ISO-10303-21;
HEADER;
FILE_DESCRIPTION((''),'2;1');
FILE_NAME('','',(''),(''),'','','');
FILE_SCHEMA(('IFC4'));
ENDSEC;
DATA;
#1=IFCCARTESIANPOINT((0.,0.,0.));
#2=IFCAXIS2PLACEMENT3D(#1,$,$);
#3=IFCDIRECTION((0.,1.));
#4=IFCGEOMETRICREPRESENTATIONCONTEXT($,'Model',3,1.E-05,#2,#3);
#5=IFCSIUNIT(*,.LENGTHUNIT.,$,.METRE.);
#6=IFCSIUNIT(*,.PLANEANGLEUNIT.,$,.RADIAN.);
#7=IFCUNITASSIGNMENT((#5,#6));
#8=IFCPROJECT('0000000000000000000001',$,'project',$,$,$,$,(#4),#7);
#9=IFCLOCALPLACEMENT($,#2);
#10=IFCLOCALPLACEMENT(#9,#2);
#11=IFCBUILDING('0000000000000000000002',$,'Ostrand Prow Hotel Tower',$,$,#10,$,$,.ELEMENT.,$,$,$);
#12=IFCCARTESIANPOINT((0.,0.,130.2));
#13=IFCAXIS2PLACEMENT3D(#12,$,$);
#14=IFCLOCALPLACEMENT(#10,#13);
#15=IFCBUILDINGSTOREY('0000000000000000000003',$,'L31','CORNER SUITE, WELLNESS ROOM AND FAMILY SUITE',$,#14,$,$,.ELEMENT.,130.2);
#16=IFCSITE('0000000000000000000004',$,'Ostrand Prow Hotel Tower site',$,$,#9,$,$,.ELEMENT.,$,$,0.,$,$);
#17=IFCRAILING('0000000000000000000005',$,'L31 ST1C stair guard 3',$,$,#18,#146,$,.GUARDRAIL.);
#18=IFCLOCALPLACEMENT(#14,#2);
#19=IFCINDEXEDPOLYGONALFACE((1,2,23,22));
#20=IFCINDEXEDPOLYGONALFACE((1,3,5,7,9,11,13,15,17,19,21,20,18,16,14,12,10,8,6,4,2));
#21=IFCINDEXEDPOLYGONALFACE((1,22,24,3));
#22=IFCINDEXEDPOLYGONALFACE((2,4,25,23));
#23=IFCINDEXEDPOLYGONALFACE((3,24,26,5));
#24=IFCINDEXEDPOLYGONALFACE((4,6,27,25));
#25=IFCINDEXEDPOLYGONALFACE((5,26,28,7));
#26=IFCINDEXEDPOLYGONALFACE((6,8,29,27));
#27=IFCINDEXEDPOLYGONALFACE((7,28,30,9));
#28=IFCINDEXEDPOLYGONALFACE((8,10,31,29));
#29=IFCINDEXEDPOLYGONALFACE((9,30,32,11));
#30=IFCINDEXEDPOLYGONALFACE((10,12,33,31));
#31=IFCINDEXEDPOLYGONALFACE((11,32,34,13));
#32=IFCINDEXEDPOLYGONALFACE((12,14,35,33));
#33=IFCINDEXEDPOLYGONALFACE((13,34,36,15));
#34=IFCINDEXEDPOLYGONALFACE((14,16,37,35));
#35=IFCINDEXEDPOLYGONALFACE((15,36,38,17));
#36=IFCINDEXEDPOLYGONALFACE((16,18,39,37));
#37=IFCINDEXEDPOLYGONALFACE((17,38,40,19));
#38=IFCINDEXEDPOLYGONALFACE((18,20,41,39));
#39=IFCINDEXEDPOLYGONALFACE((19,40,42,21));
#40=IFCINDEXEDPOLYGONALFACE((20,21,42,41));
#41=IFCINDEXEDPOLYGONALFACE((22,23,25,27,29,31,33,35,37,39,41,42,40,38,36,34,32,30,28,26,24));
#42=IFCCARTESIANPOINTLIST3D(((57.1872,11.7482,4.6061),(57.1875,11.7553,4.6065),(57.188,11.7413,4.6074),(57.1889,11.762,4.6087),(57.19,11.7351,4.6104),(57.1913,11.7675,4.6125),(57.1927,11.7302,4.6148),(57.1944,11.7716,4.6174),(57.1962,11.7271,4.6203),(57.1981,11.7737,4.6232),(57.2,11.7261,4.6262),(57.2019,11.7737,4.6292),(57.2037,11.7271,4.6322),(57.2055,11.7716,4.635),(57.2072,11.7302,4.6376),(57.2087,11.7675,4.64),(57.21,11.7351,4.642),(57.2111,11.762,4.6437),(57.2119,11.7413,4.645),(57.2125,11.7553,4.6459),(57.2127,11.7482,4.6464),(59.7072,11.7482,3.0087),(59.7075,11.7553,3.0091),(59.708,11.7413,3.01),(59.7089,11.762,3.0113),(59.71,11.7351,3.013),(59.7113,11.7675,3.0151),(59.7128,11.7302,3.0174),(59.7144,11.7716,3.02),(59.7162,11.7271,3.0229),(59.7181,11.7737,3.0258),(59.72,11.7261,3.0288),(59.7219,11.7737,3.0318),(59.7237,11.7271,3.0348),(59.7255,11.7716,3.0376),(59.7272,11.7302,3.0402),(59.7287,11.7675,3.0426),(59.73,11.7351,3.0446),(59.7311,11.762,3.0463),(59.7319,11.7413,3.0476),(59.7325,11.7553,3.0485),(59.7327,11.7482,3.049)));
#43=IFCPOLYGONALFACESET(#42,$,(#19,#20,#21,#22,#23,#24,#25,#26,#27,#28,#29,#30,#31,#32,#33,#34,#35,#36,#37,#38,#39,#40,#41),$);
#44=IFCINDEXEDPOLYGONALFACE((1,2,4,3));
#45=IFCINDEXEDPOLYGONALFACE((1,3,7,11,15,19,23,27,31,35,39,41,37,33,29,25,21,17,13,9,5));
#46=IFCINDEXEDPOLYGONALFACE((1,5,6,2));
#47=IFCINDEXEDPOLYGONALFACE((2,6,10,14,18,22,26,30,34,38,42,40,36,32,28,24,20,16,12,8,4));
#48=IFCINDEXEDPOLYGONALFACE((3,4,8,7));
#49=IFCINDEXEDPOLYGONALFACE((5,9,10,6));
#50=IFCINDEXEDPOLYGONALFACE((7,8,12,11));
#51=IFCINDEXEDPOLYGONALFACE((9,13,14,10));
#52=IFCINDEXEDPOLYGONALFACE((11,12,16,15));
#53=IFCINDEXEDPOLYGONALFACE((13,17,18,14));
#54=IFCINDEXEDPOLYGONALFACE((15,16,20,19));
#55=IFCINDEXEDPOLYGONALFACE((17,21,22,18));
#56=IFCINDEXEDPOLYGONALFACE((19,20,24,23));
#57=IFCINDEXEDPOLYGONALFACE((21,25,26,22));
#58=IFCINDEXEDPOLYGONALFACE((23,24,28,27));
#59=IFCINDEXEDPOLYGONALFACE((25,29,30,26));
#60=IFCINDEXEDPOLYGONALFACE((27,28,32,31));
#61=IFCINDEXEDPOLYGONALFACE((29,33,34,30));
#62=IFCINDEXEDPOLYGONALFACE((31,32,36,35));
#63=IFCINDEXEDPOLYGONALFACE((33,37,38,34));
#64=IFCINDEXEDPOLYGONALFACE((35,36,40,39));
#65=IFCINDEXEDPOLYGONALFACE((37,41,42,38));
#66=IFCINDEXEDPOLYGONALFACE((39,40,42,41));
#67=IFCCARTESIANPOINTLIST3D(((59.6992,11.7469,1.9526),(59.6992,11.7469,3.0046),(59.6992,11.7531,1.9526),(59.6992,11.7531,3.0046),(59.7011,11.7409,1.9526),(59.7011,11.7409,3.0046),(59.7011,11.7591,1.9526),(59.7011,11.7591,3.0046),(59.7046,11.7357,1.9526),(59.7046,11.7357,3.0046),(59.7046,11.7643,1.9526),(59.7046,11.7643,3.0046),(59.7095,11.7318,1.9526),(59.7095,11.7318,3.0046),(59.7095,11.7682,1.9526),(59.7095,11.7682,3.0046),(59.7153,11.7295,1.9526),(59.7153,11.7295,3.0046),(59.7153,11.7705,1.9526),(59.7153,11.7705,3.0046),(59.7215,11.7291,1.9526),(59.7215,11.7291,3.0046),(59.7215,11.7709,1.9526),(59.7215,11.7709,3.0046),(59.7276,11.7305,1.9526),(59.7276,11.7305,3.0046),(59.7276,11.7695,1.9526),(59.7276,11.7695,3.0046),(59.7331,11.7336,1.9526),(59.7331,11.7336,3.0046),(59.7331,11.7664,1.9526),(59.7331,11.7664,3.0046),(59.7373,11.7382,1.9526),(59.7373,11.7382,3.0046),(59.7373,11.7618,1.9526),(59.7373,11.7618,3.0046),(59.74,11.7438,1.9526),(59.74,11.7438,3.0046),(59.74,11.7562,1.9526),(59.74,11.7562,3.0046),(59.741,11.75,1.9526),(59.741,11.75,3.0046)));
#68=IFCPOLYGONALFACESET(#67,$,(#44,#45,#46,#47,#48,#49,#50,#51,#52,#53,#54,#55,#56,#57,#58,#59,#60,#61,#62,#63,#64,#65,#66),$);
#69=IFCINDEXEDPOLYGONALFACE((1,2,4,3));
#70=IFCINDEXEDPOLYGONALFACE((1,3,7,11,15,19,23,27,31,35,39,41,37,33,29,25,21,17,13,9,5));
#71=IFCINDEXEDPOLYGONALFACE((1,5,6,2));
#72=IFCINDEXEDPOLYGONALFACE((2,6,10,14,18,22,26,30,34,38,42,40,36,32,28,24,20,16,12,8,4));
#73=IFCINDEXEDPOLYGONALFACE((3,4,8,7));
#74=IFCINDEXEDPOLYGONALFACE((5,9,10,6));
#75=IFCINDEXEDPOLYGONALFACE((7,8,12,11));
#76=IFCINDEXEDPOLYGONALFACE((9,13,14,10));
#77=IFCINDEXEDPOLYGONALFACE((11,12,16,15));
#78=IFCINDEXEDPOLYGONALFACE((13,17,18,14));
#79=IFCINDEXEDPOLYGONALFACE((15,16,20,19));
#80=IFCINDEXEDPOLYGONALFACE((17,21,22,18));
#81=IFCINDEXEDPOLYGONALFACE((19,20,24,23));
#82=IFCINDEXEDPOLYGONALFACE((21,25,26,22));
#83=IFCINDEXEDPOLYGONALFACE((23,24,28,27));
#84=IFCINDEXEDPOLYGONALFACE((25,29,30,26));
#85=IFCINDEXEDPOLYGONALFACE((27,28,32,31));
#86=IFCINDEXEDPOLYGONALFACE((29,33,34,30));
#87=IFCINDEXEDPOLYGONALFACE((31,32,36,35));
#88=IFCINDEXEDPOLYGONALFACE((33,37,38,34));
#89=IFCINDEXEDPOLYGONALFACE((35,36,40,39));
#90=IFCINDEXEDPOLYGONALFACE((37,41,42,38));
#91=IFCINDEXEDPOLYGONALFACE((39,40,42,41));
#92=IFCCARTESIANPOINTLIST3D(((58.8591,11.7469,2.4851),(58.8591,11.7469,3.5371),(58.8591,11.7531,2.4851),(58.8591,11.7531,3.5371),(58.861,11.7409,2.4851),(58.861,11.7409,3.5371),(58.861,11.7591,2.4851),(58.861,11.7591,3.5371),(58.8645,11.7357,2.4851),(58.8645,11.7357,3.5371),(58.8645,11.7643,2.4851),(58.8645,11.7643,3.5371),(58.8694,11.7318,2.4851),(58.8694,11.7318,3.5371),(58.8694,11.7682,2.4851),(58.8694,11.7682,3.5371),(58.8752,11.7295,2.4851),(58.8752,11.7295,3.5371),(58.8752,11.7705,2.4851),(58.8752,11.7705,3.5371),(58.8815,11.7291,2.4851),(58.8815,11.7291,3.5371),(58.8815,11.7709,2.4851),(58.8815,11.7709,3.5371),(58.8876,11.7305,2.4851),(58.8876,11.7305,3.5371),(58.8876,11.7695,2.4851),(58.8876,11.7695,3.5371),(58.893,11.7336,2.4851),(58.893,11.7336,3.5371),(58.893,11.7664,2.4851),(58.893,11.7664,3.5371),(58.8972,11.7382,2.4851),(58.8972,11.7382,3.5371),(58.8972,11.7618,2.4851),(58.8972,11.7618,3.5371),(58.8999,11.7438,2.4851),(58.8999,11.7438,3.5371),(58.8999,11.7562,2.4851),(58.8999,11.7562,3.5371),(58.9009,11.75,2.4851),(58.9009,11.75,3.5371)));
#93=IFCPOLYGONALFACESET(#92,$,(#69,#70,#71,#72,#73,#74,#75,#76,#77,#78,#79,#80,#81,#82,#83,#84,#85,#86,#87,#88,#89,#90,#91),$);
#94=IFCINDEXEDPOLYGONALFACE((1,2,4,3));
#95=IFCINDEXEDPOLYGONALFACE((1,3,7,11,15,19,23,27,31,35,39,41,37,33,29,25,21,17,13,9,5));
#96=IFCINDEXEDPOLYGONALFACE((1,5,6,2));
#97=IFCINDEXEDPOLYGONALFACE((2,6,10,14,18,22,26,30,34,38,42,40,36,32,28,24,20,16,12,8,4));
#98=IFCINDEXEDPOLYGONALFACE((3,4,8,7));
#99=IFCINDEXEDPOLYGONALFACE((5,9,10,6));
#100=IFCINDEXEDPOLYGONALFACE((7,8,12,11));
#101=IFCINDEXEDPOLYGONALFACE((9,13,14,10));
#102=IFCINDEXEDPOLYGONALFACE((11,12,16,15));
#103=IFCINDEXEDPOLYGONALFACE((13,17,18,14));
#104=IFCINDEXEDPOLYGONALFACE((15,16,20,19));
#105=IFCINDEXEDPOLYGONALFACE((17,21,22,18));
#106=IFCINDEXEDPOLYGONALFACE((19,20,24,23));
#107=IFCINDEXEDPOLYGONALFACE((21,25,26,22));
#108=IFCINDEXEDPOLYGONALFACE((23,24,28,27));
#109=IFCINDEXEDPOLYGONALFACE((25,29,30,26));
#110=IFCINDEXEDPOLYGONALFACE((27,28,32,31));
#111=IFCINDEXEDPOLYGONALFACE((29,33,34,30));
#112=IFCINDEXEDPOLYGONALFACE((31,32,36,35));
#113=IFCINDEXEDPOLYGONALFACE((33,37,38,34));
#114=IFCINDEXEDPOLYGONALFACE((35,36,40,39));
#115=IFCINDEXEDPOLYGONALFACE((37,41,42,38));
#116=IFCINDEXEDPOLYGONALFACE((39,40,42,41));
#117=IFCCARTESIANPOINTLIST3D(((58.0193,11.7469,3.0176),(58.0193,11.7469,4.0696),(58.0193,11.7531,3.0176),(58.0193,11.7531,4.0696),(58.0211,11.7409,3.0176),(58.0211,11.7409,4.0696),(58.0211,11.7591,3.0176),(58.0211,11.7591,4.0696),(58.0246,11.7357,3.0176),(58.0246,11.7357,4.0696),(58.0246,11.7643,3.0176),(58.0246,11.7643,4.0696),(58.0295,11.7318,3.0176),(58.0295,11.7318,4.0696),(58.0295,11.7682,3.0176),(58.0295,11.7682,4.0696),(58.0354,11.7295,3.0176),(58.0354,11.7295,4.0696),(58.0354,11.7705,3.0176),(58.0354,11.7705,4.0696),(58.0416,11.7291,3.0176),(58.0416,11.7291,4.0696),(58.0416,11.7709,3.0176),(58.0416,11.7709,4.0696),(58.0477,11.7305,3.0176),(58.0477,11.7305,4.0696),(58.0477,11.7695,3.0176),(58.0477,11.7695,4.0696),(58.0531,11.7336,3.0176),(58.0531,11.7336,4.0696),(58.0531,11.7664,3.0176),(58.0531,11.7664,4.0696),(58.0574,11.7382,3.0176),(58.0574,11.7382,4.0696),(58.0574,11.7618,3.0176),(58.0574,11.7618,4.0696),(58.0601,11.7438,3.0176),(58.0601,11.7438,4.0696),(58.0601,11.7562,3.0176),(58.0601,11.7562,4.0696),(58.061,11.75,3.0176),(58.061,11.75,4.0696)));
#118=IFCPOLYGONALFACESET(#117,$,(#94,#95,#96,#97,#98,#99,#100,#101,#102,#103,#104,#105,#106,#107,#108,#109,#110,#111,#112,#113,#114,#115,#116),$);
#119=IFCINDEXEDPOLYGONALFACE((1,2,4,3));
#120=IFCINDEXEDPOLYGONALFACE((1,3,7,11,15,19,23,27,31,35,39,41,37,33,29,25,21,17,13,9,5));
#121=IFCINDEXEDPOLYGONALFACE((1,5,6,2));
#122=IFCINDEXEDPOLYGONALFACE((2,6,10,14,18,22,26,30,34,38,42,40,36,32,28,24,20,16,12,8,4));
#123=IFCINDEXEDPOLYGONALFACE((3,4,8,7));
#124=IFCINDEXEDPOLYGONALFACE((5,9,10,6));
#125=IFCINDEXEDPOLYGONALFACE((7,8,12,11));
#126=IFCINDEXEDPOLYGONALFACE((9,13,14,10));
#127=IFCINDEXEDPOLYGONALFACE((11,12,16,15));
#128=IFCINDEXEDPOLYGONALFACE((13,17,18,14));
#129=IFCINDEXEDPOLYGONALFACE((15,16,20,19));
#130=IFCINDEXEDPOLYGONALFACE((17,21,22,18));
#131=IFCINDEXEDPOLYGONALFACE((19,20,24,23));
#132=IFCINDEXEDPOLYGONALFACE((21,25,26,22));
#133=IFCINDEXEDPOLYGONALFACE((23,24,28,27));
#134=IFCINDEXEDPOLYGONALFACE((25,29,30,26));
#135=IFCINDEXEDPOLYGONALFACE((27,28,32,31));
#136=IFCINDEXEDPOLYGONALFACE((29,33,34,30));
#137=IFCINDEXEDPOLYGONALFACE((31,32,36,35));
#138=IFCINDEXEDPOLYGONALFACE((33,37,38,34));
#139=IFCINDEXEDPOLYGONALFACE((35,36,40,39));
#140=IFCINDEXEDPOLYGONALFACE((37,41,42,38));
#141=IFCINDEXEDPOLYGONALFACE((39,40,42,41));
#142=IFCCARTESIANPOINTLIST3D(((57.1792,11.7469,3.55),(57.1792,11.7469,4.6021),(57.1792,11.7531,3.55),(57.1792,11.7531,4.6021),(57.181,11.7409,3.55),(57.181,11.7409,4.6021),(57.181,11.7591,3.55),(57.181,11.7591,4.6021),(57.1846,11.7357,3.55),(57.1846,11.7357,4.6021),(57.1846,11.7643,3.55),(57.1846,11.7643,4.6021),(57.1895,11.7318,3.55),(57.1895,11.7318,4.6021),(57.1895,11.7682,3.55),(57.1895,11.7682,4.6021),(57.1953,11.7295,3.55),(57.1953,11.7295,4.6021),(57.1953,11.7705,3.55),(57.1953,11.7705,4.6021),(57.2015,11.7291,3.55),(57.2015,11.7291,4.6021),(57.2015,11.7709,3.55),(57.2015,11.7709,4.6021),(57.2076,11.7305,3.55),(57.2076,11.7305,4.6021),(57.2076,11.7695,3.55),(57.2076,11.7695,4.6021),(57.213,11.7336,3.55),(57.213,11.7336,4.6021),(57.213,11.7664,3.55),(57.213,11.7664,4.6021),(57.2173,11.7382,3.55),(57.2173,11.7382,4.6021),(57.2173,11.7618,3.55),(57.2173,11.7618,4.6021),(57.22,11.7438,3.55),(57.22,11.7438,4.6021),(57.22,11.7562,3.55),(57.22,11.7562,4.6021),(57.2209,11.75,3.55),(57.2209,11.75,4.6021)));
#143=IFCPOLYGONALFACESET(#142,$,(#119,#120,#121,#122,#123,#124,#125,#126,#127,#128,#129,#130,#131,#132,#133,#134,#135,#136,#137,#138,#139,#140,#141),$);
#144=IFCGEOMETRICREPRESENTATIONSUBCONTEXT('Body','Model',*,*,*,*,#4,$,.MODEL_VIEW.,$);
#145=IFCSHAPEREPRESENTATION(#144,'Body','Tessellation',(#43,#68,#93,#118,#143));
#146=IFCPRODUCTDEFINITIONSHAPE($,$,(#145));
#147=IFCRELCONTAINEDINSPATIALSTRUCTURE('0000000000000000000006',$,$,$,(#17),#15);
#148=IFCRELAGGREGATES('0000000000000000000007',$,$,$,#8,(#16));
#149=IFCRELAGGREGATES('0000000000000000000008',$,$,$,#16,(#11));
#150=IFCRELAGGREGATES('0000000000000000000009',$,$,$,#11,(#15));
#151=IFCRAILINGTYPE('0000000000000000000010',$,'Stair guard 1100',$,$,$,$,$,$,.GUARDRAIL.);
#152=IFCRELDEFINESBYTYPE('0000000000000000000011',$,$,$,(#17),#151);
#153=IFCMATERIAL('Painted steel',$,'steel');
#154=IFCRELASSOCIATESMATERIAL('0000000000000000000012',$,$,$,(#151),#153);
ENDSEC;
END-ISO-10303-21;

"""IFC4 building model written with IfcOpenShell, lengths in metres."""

from ifc_helpers import new_model, si_unit, direction, frame, origin, origin_2d, place, context, subcontext, project, spatial, circle, extrude, material, type_object, element, save


model = new_model("IFC4")

# Units and contexts
model_context = context("Model", 3, precision=1e-05, world=origin(), true_north=direction((0.0, 1.0)))
body_context = subcontext(model_context, "Body", "Model", "MODEL_VIEW")
ifc_project = project(units=[si_unit("LENGTHUNIT", "METRE"), si_unit("PLANEANGLEUNIT", "RADIAN")], contexts=[model_context])

# Site, building, storey
site_placement = place(None, origin())
site = spatial("IfcSite", under=ifc_project, at=site_placement, Name="Ostrand Prow Hotel Tower site", CompositionType="ELEMENT", RefElevation=0.0)
building_placement = place(site_placement, origin())
building = spatial("IfcBuilding", under=site, at=building_placement, Name="Ostrand Prow Hotel Tower", CompositionType="ELEMENT")
storey_placement = place(building_placement, frame((0.0, 0.0, 130.2)))
storey = spatial("IfcBuildingStorey", under=building, at=storey_placement, Name="L31", Description="CORNER SUITE, WELLNESS ROOM AND FAMILY SUITE", CompositionType="ELEMENT", Elevation=130.2)

# Railing
ifc_material_1 = material(Name="Painted steel", Category="steel")
railing_type_1 = type_object("IfcRailingType", Name="Stair guard 1100", PredefinedType="GUARDRAIL", material=ifc_material_1)
railing_1_placement = place(storey_placement, frame((59.72, 11.75, 1.9526)))
element("IfcRailing", 1, at=railing_1_placement, inside=storey, type_object=railing_type_1, Name="L31 ST1C stair guard 3", PredefinedType="GUARDRAIL", context=body_context, shape_type="SweptSolid", body=[
    extrude(circle(Radius=0.0239, at=origin_2d()), frame((0.0, 0.0, 1.0762), z_axis=(-0.844607, 0.0, 0.535387), x_axis=(0.0, -1.0, 0.0)), (0.0, 0.0, 1.0), 2.9836),
    extrude(circle(Radius=0.021, at=origin_2d()), origin(), (0.0, 0.0, 1.0), 1.052),
    extrude(circle(Radius=0.021, at=origin_2d()), frame((-0.8401, 0.0, 0.5325)), (0.0, 0.0, 1.0), 1.052),
    extrude(circle(Radius=0.021, at=origin_2d()), frame((-1.6799, 0.0, 1.0649)), (0.0, 0.0, 1.0), 1.052),
    extrude(circle(Radius=0.021, at=origin_2d()), frame((-2.52, 0.0, 1.5974)), (0.0, 0.0, 1.0), 1.052),
])

save(model, "model.ifc")
